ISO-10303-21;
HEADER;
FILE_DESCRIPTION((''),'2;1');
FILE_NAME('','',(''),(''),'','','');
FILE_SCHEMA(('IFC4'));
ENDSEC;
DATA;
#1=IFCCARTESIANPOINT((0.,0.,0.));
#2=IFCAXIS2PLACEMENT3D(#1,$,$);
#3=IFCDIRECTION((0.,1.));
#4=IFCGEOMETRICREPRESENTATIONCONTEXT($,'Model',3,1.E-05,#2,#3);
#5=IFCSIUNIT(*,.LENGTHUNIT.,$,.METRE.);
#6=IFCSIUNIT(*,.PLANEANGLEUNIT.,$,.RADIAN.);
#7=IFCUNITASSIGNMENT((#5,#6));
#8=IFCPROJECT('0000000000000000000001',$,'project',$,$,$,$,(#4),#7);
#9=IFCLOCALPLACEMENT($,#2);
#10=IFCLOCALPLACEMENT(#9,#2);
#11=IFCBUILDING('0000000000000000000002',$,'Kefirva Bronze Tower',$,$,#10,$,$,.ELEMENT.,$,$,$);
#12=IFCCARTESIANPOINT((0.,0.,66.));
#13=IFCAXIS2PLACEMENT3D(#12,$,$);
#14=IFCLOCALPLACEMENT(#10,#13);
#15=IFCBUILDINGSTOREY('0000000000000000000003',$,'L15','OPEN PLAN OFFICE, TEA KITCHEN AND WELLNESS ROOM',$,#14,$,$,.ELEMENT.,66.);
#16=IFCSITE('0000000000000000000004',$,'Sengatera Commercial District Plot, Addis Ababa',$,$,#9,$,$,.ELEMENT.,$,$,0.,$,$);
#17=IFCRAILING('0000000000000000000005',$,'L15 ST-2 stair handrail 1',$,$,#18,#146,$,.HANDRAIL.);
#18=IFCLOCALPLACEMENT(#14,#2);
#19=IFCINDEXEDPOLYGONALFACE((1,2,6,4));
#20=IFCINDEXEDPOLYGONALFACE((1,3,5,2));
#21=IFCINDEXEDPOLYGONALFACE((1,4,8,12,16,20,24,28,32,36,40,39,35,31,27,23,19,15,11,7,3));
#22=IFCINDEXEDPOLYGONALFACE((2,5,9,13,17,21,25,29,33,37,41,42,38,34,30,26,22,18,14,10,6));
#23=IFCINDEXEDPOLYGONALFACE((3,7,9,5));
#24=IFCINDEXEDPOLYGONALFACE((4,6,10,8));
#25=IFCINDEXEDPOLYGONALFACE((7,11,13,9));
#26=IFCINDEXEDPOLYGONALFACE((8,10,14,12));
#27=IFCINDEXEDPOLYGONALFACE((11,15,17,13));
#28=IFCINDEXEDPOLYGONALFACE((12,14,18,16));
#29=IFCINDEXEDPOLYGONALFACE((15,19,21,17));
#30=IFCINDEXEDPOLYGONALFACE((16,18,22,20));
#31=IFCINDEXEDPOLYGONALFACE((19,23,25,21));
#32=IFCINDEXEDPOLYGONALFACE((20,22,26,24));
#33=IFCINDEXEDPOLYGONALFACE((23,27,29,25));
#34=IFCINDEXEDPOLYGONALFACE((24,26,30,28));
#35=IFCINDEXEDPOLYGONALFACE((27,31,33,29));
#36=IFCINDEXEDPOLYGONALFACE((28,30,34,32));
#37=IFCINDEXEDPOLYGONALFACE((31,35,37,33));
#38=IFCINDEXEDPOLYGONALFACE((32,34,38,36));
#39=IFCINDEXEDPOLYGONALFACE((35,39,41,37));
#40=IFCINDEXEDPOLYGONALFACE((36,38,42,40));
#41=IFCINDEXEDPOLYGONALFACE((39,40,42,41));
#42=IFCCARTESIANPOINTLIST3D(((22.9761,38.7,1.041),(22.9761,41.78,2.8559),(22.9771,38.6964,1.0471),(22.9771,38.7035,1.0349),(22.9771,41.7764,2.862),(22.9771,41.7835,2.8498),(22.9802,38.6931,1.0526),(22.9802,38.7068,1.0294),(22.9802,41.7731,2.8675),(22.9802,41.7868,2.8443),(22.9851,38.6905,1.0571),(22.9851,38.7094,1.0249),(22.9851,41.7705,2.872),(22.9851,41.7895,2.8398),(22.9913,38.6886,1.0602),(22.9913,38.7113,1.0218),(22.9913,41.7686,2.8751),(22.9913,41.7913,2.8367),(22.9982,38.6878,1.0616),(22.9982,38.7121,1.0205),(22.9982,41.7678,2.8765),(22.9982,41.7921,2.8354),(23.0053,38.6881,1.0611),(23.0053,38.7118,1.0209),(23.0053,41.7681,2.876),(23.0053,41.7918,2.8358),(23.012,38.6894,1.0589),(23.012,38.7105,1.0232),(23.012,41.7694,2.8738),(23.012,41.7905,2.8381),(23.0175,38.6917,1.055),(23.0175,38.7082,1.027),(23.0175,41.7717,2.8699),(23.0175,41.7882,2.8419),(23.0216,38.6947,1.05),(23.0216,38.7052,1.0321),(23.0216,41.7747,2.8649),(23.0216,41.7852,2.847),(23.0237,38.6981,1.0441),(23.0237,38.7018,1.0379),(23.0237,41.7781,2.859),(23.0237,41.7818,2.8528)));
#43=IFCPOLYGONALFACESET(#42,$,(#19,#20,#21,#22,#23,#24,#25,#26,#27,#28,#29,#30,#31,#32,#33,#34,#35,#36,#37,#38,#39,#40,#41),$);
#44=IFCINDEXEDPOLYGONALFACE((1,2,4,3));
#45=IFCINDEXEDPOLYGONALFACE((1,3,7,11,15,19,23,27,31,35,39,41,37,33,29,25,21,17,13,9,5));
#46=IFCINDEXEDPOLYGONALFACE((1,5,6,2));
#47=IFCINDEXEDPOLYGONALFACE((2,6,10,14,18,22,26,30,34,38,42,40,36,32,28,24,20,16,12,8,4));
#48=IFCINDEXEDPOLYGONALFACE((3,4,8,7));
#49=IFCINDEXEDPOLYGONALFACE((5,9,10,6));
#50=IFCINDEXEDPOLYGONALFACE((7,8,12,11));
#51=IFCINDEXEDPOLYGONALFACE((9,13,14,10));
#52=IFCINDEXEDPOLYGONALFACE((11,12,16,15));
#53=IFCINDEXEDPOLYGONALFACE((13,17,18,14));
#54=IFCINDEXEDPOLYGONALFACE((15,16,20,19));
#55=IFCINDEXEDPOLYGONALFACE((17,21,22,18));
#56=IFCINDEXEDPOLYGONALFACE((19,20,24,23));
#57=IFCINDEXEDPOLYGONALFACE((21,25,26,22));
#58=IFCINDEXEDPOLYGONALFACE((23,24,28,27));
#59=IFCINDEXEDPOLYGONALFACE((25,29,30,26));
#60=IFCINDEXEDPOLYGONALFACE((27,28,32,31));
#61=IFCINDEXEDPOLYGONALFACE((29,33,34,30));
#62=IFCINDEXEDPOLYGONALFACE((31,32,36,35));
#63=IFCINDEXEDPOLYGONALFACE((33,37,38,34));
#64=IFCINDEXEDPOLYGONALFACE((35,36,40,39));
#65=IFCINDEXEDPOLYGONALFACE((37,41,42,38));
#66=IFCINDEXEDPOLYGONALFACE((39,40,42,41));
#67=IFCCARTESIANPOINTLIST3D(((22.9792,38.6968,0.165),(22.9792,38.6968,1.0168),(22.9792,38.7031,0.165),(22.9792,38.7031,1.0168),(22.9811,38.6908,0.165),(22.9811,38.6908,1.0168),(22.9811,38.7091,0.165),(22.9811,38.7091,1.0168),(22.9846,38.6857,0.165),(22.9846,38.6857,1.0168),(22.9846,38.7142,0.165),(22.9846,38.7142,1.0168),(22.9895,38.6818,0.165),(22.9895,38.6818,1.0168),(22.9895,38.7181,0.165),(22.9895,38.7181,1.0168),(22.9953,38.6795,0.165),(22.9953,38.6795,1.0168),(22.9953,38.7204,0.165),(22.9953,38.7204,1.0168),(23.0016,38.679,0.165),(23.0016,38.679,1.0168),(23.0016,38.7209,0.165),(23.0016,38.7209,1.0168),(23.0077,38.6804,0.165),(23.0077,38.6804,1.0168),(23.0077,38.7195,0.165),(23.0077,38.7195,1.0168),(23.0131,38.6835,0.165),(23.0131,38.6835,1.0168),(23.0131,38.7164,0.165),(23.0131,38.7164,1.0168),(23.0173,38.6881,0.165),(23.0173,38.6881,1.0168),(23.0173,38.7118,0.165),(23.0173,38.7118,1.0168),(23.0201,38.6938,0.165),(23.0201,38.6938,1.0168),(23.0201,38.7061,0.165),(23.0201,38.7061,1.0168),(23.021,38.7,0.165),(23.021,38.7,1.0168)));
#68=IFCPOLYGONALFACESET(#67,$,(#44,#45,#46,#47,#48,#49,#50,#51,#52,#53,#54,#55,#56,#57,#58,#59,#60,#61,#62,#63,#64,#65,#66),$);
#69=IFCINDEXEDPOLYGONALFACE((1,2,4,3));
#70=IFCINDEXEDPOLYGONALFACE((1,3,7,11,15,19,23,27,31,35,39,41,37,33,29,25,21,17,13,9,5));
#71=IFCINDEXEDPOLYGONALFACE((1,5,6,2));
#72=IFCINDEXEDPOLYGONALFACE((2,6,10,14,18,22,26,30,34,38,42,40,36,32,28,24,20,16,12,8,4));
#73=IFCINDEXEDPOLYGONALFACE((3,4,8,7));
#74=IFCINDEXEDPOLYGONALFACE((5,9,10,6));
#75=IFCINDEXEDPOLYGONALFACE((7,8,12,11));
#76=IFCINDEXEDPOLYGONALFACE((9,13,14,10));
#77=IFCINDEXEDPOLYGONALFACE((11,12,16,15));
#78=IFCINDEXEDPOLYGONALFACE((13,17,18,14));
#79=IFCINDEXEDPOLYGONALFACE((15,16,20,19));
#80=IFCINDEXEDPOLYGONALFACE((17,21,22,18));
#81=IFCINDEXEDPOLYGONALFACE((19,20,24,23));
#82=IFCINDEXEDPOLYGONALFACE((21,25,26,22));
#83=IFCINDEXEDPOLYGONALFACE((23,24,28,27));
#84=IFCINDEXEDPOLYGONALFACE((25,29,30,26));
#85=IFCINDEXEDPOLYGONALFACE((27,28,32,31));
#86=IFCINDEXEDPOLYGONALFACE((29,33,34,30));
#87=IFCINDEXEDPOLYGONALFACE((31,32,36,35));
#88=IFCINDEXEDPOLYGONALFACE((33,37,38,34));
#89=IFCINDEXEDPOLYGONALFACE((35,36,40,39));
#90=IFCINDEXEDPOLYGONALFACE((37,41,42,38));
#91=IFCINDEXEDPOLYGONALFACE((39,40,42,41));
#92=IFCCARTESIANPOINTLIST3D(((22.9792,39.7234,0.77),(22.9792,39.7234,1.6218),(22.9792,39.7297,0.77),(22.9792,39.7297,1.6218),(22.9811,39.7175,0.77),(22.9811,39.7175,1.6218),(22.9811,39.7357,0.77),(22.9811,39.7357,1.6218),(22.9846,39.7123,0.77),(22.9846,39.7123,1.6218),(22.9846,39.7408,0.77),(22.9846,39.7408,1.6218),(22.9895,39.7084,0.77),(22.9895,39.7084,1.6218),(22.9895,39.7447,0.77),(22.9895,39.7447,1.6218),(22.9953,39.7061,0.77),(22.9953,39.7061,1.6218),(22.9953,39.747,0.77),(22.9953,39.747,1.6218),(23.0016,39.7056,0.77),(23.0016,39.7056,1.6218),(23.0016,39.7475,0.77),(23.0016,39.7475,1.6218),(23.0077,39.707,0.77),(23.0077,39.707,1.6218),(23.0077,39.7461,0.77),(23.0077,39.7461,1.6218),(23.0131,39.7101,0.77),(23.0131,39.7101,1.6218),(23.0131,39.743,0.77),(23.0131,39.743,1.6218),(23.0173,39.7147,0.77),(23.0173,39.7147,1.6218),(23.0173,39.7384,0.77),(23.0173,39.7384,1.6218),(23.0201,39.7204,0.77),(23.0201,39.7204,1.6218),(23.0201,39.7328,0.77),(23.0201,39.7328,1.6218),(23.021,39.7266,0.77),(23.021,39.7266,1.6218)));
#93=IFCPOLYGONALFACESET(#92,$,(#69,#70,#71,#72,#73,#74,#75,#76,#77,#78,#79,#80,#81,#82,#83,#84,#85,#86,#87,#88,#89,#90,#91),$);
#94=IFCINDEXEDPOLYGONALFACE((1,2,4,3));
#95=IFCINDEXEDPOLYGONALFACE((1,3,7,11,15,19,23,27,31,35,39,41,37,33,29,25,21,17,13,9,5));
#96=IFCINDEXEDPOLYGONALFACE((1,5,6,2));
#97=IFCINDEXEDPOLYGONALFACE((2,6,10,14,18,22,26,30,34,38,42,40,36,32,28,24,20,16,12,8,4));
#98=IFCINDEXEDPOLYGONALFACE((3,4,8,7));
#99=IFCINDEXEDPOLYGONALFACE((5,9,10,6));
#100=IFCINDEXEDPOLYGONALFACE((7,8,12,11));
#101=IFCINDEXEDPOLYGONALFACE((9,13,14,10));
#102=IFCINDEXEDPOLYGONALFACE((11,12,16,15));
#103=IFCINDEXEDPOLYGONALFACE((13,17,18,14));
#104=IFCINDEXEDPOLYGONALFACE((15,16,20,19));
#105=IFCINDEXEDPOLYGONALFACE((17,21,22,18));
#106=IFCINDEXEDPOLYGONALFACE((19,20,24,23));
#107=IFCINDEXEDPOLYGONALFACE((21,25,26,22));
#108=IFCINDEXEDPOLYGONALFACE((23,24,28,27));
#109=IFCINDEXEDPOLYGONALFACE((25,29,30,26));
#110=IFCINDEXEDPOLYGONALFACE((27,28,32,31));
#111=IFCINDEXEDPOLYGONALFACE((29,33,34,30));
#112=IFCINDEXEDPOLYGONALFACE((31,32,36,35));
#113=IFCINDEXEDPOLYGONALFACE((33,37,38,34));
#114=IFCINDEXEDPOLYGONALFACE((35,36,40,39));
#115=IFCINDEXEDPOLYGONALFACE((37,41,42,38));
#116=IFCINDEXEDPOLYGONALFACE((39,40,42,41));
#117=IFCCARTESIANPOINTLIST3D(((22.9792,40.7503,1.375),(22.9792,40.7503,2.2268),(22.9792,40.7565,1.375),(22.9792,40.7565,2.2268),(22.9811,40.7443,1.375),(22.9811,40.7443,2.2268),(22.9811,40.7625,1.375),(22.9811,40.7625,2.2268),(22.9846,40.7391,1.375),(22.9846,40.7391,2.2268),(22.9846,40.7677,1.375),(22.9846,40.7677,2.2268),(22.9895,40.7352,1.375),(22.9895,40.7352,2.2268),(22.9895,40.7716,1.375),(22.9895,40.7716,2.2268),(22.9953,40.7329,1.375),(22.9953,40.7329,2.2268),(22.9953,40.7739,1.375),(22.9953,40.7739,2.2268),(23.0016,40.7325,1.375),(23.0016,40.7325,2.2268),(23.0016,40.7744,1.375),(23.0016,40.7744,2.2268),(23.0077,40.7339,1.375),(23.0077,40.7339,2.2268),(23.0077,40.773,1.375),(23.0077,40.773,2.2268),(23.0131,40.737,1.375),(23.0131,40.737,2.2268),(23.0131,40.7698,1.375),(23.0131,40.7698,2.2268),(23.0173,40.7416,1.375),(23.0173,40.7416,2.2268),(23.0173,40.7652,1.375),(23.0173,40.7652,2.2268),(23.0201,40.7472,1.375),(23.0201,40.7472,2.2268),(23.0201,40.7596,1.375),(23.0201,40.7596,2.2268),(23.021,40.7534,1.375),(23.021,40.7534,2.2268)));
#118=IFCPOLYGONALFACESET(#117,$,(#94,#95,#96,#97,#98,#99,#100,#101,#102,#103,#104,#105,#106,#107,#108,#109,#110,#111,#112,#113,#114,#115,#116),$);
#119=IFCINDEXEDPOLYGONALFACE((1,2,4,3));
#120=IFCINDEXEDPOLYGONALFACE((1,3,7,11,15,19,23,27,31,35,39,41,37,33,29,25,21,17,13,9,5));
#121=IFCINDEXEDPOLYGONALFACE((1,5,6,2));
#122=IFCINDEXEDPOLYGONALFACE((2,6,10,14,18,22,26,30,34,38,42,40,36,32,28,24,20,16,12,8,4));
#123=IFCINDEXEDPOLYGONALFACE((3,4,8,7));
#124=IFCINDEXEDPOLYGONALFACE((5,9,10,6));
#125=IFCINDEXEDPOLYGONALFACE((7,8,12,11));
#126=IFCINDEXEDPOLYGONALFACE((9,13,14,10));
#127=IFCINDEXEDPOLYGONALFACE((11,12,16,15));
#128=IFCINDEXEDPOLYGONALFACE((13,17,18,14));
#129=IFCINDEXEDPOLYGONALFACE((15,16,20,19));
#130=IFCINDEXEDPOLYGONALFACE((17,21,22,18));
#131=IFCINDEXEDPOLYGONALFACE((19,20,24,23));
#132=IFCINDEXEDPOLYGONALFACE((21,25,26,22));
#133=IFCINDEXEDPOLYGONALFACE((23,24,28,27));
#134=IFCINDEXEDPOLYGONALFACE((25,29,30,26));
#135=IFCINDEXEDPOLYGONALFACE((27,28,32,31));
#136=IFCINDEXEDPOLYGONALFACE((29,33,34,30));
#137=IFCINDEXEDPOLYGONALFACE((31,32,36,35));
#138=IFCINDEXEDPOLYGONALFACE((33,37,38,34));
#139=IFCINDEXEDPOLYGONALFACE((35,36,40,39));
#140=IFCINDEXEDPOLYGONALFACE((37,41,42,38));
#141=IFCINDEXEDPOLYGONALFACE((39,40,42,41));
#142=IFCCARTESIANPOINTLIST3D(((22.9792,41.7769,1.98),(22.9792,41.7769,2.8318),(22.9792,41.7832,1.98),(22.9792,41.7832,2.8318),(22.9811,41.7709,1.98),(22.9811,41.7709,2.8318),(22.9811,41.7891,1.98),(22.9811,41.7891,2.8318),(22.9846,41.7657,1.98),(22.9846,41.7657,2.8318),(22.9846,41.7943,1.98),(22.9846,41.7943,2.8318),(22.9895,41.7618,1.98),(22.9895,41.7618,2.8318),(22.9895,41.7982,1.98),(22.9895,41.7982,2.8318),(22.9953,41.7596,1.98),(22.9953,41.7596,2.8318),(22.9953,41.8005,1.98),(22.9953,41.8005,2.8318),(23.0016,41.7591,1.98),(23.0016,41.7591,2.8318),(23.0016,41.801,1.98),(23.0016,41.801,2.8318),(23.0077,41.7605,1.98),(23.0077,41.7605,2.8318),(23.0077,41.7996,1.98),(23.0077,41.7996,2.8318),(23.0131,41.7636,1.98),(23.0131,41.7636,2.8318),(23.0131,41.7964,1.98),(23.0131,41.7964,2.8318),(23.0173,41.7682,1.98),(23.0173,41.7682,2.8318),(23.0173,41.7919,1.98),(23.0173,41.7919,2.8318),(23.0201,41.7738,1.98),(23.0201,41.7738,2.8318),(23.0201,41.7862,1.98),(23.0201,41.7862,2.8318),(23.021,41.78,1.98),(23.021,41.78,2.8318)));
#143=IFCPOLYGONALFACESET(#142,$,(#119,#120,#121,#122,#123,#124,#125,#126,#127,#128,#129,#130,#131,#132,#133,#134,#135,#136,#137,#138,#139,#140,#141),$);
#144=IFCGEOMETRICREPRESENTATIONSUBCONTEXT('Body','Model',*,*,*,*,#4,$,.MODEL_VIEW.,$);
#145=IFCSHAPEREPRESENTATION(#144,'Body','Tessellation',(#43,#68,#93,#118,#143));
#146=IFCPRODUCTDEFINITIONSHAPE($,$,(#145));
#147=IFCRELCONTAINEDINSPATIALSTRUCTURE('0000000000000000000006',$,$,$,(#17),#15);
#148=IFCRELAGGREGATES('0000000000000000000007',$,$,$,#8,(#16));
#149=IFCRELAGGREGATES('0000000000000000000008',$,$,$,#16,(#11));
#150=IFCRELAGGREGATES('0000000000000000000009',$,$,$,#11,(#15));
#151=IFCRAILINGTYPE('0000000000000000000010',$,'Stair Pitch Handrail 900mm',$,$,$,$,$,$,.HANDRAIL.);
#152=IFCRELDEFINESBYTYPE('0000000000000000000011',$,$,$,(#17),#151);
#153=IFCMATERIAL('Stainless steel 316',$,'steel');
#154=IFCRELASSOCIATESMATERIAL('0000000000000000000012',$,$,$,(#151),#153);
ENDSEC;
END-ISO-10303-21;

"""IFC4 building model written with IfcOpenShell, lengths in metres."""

from ifc_helpers import new_model, si_unit, direction, frame, origin, origin_2d, place, context, subcontext, project, spatial, circle, extrude, material, type_object, element, save


model = new_model("IFC4")

# Units and contexts
model_context = context("Model", 3, precision=1e-05, world=origin(), true_north=direction((0.0, 1.0)))
body_context = subcontext(model_context, "Body", "Model", "MODEL_VIEW")
ifc_project = project(units=[si_unit("LENGTHUNIT", "METRE"), si_unit("PLANEANGLEUNIT", "RADIAN")], contexts=[model_context])

# Site, building, storey
site_placement = place(None, origin())
site = spatial("IfcSite", under=ifc_project, at=site_placement, Name="Sengatera Commercial District Plot, Addis Ababa", CompositionType="ELEMENT", RefElevation=0.0)
building_placement = place(site_placement, origin())
building = spatial("IfcBuilding", under=site, at=building_placement, Name="Kefirva Bronze Tower", CompositionType="ELEMENT")
storey_placement = place(building_placement, frame((0.0, 0.0, 66.0)))
storey = spatial("IfcBuildingStorey", under=building, at=storey_placement, Name="L15", Description="OPEN PLAN OFFICE, TEA KITCHEN AND WELLNESS ROOM", CompositionType="ELEMENT", Elevation=66.0)

# Railing
ifc_material_1 = material(Name="Stainless steel 316", Category="steel")
railing_type_1 = type_object("IfcRailingType", Name="Stair Pitch Handrail 900mm", PredefinedType="HANDRAIL", material=ifc_material_1)
railing_1_placement = place(storey_placement, frame((23.0, 38.7, 0.165)))
element("IfcRailing", 1, at=railing_1_placement, inside=storey, type_object=railing_type_1, Name="L15 ST-2 stair handrail 1", PredefinedType="HANDRAIL", context=body_context, shape_type="SweptSolid", body=[
    extrude(circle(Radius=0.0239, at=origin_2d()), frame((0.0, 0.0, 0.876), z_axis=(0.0, 0.861551, 0.507671), x_axis=(-1.0, 0.0, 0.0)), (0.0, 0.0, 1.0), 3.575),
    extrude(circle(Radius=0.021, at=origin_2d()), origin(), (0.0, 0.0, 1.0), 0.8518),
    extrude(circle(Radius=0.021, at=origin_2d()), frame((0.0, 1.0266, 0.605)), (0.0, 0.0, 1.0), 0.8518),
    extrude(circle(Radius=0.021, at=origin_2d()), frame((0.0, 2.0535, 1.21)), (0.0, 0.0, 1.0), 0.8518),
    extrude(circle(Radius=0.021, at=origin_2d()), frame((0.0, 3.0801, 1.8149)), (0.0, 0.0, 1.0), 0.8518),
])

save(model, "model.ifc")
